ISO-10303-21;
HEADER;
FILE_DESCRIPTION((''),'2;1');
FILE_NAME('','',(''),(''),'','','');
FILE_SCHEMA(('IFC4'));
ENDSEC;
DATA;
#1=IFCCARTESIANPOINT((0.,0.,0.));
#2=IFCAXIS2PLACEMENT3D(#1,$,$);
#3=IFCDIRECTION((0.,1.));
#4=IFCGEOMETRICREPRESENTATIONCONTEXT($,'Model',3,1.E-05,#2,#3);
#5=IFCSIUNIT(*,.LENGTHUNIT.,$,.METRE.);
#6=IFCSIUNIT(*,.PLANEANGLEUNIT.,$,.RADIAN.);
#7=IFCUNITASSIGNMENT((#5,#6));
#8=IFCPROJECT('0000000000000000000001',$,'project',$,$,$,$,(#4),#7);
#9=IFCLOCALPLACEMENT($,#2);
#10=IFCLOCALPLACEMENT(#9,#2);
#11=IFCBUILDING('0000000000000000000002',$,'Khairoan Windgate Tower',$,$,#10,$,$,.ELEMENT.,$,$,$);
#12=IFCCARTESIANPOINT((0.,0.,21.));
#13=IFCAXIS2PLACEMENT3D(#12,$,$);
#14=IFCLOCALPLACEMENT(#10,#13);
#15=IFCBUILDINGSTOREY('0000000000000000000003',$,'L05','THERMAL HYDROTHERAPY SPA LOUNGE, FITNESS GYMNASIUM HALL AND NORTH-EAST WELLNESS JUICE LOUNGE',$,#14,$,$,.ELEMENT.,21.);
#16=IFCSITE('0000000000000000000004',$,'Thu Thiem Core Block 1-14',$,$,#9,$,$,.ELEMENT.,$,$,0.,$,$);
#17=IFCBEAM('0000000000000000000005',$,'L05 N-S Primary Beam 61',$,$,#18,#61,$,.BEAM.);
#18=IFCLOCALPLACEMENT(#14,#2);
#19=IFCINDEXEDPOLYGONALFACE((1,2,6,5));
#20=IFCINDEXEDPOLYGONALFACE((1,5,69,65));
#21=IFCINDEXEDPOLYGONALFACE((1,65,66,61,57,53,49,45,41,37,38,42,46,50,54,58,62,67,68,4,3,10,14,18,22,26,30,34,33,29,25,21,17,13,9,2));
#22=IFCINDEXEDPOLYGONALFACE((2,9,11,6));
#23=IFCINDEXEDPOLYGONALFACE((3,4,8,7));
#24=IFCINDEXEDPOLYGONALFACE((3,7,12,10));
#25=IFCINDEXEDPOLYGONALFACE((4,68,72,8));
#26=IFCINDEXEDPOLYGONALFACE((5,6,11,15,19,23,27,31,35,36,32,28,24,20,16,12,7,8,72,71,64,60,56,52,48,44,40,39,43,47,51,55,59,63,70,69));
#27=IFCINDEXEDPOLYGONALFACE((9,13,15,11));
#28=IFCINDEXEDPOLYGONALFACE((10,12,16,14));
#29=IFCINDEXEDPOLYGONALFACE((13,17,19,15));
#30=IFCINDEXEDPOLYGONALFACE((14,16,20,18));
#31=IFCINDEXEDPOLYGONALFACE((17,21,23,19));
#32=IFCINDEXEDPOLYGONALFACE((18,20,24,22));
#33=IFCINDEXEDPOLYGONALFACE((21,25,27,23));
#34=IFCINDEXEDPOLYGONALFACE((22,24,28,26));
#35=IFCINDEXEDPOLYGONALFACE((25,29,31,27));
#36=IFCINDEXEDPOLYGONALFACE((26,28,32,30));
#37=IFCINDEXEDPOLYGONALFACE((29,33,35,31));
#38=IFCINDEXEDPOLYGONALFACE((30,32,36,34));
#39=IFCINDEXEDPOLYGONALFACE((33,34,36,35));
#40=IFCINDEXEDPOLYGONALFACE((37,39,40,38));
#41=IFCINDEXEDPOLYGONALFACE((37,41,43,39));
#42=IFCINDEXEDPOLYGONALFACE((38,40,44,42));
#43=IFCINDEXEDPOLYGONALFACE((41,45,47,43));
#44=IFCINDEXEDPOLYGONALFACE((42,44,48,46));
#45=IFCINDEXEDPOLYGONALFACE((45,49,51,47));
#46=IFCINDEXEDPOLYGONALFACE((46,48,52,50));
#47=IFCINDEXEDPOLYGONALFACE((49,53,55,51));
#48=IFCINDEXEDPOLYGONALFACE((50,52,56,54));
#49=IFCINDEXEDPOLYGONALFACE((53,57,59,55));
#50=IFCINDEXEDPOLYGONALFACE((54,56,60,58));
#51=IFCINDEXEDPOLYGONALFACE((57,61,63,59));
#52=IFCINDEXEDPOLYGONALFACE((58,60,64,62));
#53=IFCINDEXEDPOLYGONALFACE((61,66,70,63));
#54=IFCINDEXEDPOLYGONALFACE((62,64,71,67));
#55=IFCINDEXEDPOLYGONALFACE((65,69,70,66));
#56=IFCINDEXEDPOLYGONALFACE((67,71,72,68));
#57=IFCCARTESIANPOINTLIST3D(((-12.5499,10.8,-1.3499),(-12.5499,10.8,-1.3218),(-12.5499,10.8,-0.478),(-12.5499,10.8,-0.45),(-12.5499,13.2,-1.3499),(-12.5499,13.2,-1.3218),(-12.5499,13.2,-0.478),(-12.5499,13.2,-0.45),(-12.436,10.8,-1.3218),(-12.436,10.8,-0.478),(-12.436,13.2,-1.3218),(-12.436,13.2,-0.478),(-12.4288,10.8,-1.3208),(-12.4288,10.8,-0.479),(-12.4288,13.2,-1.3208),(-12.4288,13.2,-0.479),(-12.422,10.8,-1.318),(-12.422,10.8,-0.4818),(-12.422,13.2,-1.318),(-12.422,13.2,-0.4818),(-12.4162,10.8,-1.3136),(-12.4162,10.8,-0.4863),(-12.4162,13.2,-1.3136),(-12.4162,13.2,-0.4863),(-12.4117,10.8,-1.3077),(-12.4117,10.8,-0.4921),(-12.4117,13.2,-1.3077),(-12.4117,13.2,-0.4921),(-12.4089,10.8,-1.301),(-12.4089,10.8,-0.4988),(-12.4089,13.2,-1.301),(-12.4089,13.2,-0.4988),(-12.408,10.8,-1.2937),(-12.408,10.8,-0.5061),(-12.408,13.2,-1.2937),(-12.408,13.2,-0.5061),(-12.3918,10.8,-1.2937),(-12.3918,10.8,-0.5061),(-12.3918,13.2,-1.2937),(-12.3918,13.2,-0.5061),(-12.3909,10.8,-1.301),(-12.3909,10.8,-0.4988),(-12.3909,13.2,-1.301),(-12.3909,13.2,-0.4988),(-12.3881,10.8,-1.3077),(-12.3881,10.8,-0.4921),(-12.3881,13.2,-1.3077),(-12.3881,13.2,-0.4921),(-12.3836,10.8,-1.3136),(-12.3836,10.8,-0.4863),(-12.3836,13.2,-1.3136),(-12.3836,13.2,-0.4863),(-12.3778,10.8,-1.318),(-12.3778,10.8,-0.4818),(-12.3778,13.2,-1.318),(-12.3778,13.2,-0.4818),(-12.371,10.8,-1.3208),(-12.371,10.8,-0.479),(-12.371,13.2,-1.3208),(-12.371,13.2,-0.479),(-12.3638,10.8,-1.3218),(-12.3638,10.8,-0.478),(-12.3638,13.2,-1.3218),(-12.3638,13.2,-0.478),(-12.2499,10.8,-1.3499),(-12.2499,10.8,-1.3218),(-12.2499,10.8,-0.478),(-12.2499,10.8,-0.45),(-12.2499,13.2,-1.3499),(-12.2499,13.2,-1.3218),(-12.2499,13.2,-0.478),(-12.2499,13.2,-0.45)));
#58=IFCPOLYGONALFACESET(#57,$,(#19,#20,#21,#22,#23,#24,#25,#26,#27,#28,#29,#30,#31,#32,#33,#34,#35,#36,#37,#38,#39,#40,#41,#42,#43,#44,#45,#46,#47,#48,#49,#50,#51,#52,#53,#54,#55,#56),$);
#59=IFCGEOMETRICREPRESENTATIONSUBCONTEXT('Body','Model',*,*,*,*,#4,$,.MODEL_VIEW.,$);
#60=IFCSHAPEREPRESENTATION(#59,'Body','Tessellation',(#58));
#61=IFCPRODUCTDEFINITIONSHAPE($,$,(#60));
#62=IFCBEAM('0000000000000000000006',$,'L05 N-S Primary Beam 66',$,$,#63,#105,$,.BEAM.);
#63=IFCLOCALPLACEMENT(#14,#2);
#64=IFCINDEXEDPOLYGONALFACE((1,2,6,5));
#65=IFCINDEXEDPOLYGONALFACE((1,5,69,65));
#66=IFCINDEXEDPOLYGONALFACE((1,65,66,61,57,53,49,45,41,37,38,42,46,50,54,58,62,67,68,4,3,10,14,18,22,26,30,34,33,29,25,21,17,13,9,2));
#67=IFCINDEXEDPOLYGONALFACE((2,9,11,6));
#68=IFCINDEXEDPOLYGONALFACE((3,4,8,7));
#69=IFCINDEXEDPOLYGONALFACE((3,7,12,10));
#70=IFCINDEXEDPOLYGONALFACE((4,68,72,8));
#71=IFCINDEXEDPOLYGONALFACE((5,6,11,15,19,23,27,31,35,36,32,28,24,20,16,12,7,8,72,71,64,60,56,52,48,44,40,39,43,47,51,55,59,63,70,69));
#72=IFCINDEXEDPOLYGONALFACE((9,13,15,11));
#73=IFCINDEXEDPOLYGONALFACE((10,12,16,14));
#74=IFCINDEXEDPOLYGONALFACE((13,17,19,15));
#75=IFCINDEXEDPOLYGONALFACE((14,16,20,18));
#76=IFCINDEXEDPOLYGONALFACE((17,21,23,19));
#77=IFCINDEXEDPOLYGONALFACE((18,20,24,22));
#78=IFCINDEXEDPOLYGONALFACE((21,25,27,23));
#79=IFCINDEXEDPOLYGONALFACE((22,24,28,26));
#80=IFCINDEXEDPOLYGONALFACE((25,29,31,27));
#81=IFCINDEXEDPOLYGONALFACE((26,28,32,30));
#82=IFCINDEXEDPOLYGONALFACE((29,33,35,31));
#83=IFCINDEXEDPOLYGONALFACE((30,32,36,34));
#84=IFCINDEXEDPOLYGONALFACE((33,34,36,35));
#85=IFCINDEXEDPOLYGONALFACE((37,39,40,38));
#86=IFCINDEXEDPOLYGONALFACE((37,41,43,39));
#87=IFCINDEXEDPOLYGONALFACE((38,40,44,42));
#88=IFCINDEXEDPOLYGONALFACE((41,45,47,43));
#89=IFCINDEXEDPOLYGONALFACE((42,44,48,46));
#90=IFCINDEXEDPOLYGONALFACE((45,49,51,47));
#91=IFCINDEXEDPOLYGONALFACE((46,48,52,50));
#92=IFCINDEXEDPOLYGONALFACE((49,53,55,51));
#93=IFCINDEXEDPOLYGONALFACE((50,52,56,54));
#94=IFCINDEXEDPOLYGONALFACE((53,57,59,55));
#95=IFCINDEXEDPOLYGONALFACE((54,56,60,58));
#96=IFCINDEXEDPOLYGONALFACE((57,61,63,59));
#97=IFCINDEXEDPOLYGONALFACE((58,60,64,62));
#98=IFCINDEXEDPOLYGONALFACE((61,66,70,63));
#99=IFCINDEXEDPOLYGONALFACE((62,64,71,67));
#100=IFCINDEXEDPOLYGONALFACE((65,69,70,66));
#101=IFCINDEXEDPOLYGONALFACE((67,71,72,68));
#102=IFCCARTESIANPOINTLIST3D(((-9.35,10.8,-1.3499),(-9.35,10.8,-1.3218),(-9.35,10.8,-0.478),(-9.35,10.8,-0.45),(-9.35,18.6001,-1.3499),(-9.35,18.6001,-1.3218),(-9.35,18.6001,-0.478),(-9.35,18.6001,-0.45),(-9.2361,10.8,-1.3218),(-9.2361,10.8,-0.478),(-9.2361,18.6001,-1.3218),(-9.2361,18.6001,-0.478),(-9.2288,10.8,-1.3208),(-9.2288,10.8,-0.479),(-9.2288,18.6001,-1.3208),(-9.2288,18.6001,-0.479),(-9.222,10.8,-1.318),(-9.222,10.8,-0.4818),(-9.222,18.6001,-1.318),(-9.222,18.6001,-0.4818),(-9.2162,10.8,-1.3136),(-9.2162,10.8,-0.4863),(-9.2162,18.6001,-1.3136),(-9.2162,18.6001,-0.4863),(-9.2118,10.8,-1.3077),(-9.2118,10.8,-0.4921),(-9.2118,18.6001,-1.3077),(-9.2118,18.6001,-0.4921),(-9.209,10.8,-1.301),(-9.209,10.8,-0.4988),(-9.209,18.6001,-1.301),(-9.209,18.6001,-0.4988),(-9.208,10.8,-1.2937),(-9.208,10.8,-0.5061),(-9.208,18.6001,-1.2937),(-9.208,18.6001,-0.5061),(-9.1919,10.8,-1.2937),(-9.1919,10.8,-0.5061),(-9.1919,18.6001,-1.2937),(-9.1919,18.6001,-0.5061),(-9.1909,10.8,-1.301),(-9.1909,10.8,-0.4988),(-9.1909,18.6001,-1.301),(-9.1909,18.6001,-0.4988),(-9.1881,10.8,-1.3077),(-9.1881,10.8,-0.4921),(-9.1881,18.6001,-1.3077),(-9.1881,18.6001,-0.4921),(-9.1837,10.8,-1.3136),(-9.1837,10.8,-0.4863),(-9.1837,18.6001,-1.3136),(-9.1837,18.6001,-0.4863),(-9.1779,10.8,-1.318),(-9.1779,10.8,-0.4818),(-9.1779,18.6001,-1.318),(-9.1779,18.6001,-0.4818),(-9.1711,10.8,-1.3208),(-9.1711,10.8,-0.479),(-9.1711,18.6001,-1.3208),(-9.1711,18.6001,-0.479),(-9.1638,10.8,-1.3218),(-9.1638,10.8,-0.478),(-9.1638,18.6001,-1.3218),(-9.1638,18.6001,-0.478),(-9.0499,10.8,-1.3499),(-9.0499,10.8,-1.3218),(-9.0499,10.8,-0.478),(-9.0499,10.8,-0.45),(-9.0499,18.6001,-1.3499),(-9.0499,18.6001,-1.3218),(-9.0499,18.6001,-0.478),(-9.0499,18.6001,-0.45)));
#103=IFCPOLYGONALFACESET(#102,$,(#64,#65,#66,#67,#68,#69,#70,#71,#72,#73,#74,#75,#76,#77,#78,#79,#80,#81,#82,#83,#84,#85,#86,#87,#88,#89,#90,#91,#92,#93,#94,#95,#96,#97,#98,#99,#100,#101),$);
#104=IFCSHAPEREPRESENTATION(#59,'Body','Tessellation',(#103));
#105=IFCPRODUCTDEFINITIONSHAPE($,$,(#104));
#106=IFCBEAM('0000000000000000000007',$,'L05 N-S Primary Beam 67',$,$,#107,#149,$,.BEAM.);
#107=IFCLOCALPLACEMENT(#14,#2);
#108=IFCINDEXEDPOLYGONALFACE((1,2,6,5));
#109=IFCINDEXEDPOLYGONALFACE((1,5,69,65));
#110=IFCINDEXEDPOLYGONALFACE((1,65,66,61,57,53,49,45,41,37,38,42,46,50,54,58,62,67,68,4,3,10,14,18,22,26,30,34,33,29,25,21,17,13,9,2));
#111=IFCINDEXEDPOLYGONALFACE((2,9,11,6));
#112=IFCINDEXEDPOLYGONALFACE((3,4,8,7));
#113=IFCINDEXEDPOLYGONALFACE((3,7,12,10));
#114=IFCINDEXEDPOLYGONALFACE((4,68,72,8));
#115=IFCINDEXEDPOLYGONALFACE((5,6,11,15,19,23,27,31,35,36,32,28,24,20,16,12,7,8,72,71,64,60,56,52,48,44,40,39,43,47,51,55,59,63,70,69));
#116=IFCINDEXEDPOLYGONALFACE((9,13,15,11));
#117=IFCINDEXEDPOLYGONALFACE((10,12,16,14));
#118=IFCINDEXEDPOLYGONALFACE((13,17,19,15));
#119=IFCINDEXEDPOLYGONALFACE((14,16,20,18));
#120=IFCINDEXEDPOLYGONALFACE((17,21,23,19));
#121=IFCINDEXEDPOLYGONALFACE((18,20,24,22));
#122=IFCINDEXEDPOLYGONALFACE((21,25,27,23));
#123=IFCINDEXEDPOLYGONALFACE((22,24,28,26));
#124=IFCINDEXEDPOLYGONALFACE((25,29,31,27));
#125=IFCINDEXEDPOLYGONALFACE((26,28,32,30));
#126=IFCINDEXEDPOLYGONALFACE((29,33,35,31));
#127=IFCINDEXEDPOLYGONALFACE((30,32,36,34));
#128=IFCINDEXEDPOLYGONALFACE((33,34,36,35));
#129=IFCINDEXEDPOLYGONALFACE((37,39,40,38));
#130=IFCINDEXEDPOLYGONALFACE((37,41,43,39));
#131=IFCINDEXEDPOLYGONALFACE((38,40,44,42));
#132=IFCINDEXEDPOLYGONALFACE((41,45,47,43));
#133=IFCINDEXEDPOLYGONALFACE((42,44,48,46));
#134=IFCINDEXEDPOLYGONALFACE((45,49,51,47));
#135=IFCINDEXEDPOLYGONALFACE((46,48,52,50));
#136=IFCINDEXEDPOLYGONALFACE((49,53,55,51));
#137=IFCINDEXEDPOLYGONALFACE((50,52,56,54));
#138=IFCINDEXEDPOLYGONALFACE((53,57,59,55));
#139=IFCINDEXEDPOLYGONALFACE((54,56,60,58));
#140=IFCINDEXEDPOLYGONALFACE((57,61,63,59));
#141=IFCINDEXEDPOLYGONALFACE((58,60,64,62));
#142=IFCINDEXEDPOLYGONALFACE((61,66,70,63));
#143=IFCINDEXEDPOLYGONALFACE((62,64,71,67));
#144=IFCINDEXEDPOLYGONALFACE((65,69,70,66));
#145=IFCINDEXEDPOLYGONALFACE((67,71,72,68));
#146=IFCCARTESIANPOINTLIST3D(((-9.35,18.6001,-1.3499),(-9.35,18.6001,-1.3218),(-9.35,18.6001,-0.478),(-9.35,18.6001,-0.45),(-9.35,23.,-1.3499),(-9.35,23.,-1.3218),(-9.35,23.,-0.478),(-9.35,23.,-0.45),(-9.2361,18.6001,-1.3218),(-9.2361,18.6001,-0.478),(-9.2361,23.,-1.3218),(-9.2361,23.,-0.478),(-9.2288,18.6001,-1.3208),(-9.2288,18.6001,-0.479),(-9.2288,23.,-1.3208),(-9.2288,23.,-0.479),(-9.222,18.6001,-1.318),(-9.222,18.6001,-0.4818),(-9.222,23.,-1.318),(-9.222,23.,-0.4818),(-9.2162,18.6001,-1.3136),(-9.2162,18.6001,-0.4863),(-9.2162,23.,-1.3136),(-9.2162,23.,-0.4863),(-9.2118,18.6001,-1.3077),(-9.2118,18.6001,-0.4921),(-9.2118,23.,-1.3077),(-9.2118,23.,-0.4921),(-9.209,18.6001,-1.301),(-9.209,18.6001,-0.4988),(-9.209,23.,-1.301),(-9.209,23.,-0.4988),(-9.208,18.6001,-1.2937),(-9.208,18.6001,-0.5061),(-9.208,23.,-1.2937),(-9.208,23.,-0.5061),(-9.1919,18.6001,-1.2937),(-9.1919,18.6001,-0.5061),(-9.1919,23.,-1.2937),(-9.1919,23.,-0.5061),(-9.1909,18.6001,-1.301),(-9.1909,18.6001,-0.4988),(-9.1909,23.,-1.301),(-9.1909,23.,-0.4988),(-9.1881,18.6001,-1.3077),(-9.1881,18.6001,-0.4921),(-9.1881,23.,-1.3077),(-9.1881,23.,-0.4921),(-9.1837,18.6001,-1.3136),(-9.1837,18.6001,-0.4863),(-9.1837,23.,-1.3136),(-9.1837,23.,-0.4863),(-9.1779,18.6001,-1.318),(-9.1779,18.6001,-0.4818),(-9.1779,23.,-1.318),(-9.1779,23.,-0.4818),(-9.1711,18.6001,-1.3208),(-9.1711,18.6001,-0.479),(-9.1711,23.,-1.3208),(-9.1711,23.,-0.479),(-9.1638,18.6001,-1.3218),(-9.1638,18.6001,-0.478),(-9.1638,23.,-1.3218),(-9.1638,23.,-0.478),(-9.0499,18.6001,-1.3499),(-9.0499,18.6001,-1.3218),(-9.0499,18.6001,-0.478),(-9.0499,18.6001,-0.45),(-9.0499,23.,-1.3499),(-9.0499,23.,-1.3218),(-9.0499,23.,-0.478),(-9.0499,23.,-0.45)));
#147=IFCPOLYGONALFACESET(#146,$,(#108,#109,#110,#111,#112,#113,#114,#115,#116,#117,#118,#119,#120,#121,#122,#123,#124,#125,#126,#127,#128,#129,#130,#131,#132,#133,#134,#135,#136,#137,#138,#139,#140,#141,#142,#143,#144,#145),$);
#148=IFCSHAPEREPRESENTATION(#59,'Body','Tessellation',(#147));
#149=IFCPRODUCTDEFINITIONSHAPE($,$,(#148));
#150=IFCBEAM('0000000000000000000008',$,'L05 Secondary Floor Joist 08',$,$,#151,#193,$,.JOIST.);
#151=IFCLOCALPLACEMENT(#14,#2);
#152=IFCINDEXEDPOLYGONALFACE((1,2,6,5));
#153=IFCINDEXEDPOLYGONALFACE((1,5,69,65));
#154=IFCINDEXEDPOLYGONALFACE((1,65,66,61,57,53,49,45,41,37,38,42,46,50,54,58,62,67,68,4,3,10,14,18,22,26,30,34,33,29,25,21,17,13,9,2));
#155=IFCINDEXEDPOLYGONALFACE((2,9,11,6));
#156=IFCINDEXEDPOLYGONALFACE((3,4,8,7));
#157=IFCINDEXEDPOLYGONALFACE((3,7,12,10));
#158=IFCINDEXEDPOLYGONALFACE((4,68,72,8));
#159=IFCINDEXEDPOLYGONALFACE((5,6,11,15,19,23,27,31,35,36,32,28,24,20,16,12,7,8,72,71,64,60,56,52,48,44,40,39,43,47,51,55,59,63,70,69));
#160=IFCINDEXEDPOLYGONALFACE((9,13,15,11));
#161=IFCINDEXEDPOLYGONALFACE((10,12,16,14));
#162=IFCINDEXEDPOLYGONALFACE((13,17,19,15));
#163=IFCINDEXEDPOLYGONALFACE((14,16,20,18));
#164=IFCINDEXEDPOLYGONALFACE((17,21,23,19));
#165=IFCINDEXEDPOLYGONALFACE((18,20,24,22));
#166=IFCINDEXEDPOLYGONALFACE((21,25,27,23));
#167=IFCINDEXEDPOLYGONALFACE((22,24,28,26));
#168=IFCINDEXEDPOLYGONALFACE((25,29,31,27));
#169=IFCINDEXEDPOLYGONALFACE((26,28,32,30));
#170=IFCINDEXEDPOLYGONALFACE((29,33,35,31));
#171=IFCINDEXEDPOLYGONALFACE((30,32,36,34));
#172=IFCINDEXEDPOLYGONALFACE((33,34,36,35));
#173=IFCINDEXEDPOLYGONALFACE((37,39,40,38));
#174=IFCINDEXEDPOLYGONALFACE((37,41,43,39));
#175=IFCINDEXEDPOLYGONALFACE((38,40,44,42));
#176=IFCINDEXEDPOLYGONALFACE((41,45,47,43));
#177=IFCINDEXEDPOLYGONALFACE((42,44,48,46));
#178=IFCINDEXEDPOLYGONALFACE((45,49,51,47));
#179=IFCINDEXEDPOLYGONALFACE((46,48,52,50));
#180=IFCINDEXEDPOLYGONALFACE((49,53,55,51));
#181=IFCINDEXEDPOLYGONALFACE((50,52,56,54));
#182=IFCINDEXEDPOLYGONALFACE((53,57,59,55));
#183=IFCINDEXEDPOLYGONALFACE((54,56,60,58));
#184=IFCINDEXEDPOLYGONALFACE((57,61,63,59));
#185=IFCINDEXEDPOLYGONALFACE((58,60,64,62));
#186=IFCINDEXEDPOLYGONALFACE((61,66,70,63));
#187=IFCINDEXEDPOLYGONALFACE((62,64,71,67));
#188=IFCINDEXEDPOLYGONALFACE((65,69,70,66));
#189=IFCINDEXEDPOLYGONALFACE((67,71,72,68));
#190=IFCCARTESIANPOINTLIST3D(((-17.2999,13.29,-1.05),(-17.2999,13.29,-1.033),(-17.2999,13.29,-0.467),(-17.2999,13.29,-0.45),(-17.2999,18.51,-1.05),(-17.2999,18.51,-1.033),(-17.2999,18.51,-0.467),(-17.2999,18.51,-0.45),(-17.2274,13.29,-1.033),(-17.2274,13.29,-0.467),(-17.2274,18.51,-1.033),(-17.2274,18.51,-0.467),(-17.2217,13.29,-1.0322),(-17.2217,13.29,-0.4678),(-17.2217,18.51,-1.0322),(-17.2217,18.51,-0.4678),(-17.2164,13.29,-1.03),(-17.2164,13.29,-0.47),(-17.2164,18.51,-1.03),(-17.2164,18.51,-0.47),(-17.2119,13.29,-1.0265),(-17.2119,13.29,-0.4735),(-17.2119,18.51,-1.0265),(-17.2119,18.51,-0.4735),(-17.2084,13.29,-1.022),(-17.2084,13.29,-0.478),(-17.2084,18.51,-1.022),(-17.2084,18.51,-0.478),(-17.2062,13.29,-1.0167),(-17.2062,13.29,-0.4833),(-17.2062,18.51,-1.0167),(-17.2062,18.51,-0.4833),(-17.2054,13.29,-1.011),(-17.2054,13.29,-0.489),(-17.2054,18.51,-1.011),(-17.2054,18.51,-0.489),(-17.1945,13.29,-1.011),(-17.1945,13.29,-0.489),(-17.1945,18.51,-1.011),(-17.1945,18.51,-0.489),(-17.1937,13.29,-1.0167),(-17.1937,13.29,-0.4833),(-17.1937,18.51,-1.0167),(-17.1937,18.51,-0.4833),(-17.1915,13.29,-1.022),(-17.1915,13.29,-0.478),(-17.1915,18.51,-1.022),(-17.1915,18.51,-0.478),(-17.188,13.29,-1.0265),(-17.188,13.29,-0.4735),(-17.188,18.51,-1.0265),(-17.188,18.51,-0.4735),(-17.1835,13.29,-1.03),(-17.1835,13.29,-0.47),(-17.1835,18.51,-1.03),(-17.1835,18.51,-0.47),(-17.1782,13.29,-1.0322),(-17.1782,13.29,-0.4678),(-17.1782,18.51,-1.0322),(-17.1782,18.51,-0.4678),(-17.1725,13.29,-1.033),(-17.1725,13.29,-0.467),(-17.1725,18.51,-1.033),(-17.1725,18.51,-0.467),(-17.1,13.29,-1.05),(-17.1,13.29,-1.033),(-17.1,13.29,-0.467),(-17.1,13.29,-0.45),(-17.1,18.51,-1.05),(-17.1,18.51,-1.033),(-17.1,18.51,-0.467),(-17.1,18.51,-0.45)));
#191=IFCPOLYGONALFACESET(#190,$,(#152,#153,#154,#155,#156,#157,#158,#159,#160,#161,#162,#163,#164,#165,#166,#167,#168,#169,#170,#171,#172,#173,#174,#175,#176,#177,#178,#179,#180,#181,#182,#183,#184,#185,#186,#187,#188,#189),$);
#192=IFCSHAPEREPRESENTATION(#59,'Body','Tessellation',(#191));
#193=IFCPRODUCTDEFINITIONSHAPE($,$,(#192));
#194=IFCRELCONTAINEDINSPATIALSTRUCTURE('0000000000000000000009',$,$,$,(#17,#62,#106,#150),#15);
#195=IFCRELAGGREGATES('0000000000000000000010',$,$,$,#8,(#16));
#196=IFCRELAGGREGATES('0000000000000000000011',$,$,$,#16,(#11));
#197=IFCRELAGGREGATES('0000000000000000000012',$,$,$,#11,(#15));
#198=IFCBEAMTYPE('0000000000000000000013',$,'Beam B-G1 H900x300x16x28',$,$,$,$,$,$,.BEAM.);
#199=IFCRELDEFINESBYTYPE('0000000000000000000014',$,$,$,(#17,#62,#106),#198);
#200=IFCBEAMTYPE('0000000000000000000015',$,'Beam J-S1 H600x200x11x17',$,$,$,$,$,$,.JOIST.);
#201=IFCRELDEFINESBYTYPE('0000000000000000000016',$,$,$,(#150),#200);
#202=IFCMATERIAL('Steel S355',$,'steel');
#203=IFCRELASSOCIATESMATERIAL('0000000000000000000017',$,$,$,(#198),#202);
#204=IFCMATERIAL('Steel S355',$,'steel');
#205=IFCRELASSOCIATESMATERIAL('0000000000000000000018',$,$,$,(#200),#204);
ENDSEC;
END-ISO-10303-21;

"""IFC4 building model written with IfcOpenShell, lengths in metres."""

from ifc_helpers import new_model, si_unit, direction, frame, origin, origin_2d, place, context, subcontext, project, spatial, i_section, extrude, material, material_profile, profile_set, type_object, element, save


model = new_model("IFC4")

# Units and contexts
model_context = context("Model", 3, precision=1e-05, world=origin(), true_north=direction((0.0, 1.0)))
body_context = subcontext(model_context, "Body", "Model", "MODEL_VIEW")
ifc_project = project(units=[si_unit("LENGTHUNIT", "METRE"), si_unit("PLANEANGLEUNIT", "RADIAN")], contexts=[model_context])

# Site, building, storey
site_placement = place(None, origin())
site = spatial("IfcSite", under=ifc_project, at=site_placement, Name="Thu Thiem Core Block 1-14", CompositionType="ELEMENT", RefElevation=0.0)
building_placement = place(site_placement, origin())
building = spatial("IfcBuilding", under=site, at=building_placement, Name="Khairoan Windgate Tower", CompositionType="ELEMENT")
storey_placement = place(building_placement, frame((0.0, 0.0, 21.0)))
storey = spatial("IfcBuildingStorey", under=building, at=storey_placement, Name="L05", Description="THERMAL HYDROTHERAPY SPA LOUNGE, FITNESS GYMNASIUM HALL AND NORTH-EAST WELLNESS JUICE LOUNGE", CompositionType="ELEMENT", Elevation=21.0)

# Beams
ifc_material_1 = material(Name="Steel S355", Category="steel")
ifc_material_profile_1 = material_profile(ifc_material_1, i_section(OverallWidth=0.3, OverallDepth=0.8999, WebThickness=0.0161, FlangeThickness=0.0281, FilletRadius=0.0281, at=origin_2d()))
ifc_profile_set_1 = profile_set([ifc_material_profile_1], Name="Steel S355")
beam_type_1 = type_object("IfcBeamType", Name="Beam B-G1 H900x300x16x28", PredefinedType="BEAM", material=ifc_profile_set_1)
beam_1_placement = place(storey_placement, frame((-12.3999, 10.8, -0.8999), z_axis=(0.0, 1.0, 0.0), x_axis=(-1.0, 0.0, 0.0)))
element("IfcBeam", 1, at=beam_1_placement, inside=storey, type_object=beam_type_1, Name="L05 N-S Primary Beam 61", PredefinedType="BEAM", context=body_context, shape_type="SweptSolid", body=[
    extrude(i_section(OverallWidth=0.3, OverallDepth=0.8999, WebThickness=0.0161, FlangeThickness=0.0281, FilletRadius=0.0281, at=origin_2d()), origin(), (0.0, 0.0, 1.0), 2.3999),
])
beam_2_placement = place(storey_placement, frame((-9.2, 10.8, -0.8999), z_axis=(0.0, 1.0, 0.0), x_axis=(-1.0, 0.0, 0.0)))
element("IfcBeam", 2, at=beam_2_placement, inside=storey, type_object=beam_type_1, Name="L05 N-S Primary Beam 66", PredefinedType="BEAM", context=body_context, shape_type="SweptSolid", body=[
    extrude(i_section(OverallWidth=0.3, OverallDepth=0.8999, WebThickness=0.0161, FlangeThickness=0.0281, FilletRadius=0.0281, at=origin_2d()), origin(), (0.0, 0.0, 1.0), 7.8),
])
beam_3_placement = place(storey_placement, frame((-9.2, 18.6001, -0.8999), z_axis=(0.0, 1.0, 0.0), x_axis=(-1.0, 0.0, 0.0)))
element("IfcBeam", 3, at=beam_3_placement, inside=storey, type_object=beam_type_1, Name="L05 N-S Primary Beam 67", PredefinedType="BEAM", context=body_context, shape_type="SweptSolid", body=[
    extrude(i_section(OverallWidth=0.3, OverallDepth=0.8999, WebThickness=0.0161, FlangeThickness=0.0281, FilletRadius=0.0281, at=origin_2d()), origin(), (0.0, 0.0, 1.0), 4.3999),
])
ifc_material_2 = material(Name="Steel S355", Category="steel")
ifc_material_profile_2 = material_profile(ifc_material_2, i_section(OverallWidth=0.2, OverallDepth=0.6001, WebThickness=0.011, FlangeThickness=0.0171, FilletRadius=0.022, at=origin_2d()))
ifc_profile_set_2 = profile_set([ifc_material_profile_2], Name="Steel S355")
beam_type_2 = type_object("IfcBeamType", Name="Beam J-S1 H600x200x11x17", PredefinedType="JOIST", material=ifc_profile_set_2)
beam_4_placement = place(storey_placement, frame((-17.2, 13.29, -0.75), z_axis=(0.0, 1.0, 0.0), x_axis=(-1.0, 0.0, 0.0)))
element("IfcBeam", 4, at=beam_4_placement, inside=storey, type_object=beam_type_2, Name="L05 Secondary Floor Joist 08", PredefinedType="JOIST", context=body_context, shape_type="SweptSolid", body=[
    extrude(i_section(OverallWidth=0.2, OverallDepth=0.6001, WebThickness=0.011, FlangeThickness=0.0171, FilletRadius=0.022, at=origin_2d()), origin(), (0.0, 0.0, 1.0), 5.22),
])

save(model, "model.ifc")
